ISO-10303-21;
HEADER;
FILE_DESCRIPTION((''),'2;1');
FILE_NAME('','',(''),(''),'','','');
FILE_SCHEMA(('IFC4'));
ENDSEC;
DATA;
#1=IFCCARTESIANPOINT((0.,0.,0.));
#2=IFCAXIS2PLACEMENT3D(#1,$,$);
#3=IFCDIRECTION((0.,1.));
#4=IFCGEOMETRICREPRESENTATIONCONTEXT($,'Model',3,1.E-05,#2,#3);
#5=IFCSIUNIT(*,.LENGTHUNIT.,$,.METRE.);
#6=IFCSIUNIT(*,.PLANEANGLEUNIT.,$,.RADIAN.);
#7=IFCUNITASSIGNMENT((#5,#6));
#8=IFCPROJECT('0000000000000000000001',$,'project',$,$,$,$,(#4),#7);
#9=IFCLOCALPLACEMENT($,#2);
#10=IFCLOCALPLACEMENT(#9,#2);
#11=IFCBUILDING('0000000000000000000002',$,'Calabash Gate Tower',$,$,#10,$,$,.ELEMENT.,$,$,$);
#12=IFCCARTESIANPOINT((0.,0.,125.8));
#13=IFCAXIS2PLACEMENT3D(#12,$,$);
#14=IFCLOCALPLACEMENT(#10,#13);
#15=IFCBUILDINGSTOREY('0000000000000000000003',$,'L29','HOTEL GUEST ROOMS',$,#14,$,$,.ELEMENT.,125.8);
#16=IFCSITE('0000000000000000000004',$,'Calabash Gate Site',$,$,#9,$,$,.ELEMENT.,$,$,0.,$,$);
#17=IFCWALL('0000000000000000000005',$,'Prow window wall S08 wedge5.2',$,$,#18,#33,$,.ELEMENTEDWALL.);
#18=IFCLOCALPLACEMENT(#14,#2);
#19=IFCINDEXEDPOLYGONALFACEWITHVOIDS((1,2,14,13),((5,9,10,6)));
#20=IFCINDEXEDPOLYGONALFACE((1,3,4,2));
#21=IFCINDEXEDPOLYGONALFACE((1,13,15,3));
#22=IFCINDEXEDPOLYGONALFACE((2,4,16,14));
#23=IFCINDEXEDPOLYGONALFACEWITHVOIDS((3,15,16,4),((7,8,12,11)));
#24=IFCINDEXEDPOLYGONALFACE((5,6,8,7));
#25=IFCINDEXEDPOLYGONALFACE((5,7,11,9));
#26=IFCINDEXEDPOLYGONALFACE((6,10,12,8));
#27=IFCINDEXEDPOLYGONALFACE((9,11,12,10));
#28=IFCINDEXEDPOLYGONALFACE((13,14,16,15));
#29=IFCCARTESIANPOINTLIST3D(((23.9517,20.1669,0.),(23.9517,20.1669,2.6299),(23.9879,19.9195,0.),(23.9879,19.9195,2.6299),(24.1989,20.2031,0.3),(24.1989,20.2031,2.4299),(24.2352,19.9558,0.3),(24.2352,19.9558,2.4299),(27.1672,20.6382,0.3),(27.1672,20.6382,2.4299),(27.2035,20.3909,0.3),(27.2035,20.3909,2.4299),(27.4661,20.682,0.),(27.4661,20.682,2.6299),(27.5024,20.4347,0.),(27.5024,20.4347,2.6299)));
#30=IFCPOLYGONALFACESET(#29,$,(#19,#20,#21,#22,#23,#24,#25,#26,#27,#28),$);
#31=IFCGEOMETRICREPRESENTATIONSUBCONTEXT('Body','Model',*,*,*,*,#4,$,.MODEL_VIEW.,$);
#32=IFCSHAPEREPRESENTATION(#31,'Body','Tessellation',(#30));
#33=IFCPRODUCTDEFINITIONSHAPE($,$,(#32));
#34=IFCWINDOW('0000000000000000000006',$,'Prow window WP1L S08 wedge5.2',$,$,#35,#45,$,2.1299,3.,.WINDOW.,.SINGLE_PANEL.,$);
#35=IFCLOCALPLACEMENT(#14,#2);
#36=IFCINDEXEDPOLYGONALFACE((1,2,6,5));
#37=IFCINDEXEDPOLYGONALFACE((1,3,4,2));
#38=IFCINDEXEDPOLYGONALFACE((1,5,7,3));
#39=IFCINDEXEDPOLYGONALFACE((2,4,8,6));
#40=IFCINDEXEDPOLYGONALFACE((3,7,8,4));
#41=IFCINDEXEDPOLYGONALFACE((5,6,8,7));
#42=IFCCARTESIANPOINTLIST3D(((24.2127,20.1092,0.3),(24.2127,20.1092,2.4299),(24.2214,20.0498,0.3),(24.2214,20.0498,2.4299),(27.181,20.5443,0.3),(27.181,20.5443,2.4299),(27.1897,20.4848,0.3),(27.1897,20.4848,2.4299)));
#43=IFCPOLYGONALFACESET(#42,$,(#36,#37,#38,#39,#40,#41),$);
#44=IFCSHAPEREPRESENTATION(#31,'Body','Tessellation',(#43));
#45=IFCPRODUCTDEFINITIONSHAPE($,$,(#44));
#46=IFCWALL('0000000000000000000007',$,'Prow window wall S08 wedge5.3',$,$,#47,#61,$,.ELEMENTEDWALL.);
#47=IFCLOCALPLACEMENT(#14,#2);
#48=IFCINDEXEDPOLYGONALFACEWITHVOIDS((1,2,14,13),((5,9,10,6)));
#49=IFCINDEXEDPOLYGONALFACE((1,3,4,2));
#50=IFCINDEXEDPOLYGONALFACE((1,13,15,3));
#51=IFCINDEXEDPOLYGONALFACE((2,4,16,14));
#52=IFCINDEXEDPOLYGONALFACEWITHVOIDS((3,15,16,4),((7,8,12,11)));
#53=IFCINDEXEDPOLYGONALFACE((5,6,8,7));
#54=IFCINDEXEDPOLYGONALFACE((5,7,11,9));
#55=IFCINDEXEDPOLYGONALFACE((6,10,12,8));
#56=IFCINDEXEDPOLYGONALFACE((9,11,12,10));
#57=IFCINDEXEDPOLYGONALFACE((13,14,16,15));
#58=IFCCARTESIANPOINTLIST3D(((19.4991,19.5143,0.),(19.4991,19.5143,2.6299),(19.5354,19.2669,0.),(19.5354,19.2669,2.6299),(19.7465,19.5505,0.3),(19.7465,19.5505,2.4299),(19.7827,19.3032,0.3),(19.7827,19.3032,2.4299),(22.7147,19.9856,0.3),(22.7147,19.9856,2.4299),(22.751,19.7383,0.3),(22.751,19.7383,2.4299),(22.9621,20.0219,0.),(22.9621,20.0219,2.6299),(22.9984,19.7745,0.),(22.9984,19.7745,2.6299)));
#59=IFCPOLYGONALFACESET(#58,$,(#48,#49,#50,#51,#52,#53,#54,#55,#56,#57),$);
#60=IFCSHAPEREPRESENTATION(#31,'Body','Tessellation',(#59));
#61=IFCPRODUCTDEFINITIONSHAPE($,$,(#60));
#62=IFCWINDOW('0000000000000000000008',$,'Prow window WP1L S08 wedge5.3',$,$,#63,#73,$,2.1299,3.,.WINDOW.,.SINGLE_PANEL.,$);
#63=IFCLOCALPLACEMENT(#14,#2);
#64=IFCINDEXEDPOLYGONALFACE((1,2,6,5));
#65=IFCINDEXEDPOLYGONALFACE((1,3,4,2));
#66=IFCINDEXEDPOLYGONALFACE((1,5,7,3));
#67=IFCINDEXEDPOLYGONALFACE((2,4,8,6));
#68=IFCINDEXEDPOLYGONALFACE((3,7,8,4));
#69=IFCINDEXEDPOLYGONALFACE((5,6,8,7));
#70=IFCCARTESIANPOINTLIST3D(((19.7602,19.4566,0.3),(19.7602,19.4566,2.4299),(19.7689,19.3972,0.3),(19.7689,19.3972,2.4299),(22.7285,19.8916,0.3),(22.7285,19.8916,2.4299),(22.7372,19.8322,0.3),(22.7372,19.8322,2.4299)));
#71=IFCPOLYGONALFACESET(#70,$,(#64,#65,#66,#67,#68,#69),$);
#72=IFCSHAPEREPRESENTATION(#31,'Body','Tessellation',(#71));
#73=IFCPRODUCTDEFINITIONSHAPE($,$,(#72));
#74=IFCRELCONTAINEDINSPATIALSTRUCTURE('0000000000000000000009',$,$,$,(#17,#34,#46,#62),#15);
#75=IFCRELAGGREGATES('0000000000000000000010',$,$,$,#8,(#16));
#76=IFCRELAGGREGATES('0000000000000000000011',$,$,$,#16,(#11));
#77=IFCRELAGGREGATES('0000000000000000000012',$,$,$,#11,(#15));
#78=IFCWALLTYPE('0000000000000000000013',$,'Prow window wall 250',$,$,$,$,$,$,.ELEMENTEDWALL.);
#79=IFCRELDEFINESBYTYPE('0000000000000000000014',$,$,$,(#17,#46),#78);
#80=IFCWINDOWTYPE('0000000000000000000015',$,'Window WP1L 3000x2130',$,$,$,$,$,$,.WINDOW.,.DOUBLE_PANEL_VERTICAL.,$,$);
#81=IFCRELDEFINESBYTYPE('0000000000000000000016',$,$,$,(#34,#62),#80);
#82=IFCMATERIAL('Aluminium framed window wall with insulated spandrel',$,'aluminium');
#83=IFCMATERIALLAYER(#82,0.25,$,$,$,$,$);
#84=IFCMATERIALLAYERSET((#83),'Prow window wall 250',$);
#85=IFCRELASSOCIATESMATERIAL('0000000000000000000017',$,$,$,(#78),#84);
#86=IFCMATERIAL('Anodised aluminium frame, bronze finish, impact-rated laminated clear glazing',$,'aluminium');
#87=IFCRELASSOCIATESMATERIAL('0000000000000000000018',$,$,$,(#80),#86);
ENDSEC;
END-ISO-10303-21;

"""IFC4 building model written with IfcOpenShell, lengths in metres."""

from ifc_helpers import new_model, si_unit, direction, frame, frame_2d, origin, place, context, subcontext, project, spatial, rectangle, extrude, material, layer, layer_set, type_object, element, fill, save


model = new_model("IFC4")

# Units and contexts
model_context = context("Model", 3, precision=1e-05, world=origin(), true_north=direction((0.0, 1.0)))
body_context = subcontext(model_context, "Body", "Model", "MODEL_VIEW")
ifc_project = project(units=[si_unit("LENGTHUNIT", "METRE"), si_unit("PLANEANGLEUNIT", "RADIAN")], contexts=[model_context])

# Site, building, storey
site_placement = place(None, origin())
site = spatial("IfcSite", under=ifc_project, at=site_placement, Name="Calabash Gate Site", CompositionType="ELEMENT", RefElevation=0.0)
building_placement = place(site_placement, origin())
building = spatial("IfcBuilding", under=site, at=building_placement, Name="Calabash Gate Tower", CompositionType="ELEMENT")
storey_placement = place(building_placement, frame((0.0, 0.0, 125.8)))
storey = spatial("IfcBuildingStorey", under=building, at=storey_placement, Name="L29", Description="HOTEL GUEST ROOMS", CompositionType="ELEMENT", Elevation=125.8)

# Walls, openings, windows
ifc_material_1 = material(Name="Aluminium framed window wall with insulated spandrel", Category="aluminium")
ifc_layer_1 = layer(ifc_material_1, 0.25)
ifc_layer_set_1 = layer_set([ifc_layer_1], Name="Prow window wall 250")
wall_type_1 = type_object("IfcWallType", Name="Prow window wall 250", PredefinedType="ELEMENTEDWALL", material=ifc_layer_set_1)
ifc_material_2 = material(Name="Anodised aluminium frame, bronze finish, impact-rated laminated clear glazing", Category="aluminium")
window_type = type_object("IfcWindowType", Name="Window WP1L 3000x2130", PartitioningType="DOUBLE_PANEL_VERTICAL", PredefinedType="WINDOW", material=ifc_material_2)
wall_1_placement = place(storey_placement, frame((27.4841, 20.5583, 0.0), z_axis=(0.0, 0.0, 1.0), x_axis=(-0.989427, -0.145029, 0.0)))
wall_1 = element("IfcWall", 1, at=wall_1_placement, inside=storey, type_object=wall_type_1, Name="Prow window wall S08 wedge5.2", PredefinedType="ELEMENTEDWALL", context=body_context, shape_type="SweptSolid", body=[
    extrude(rectangle(XDim=3.552, YDim=0.25, at=frame_2d((1.7759, 0.0))), origin(), (0.0, 0.0, 1.0), 2.6299),
])
opening_1_placement = place(wall_1_placement, frame((0.302, 0.0, 0.3)))
opening_1 = element("IfcOpeningElement", 2, at=opening_1_placement, cuts=wall_1, PredefinedType="OPENING", context=body_context, shape_type="SweptSolid", body=[
    extrude(rectangle(XDim=3.0, YDim=2.1299, at=frame_2d((1.5, 1.0649))), frame((0.0, 0.135, 0.0), z_axis=(0.0, -1.0, 0.0), x_axis=(1.0, 0.0, 0.0)), (0.0, 0.0, 1.0), 0.27),
])
window_1_placement = place(opening_1_placement, origin())
window_1 = element("IfcWindow", 3, at=window_1_placement, inside=storey, type_object=window_type, Name="Prow window WP1L S08 wedge5.2", OverallHeight=2.1299, OverallWidth=3.0, PartitioningType="SINGLE_PANEL", PredefinedType="WINDOW", context=body_context, shape_type="SweptSolid", body=[
    extrude(rectangle(XDim=3.0, YDim=2.1299, at=frame_2d((1.5, 1.0649))), frame((0.0, 0.03, 0.0), z_axis=(0.0, -1.0, 0.0), x_axis=(1.0, 0.0, 0.0)), (0.0, 0.0, 1.0), 0.0601),
])
fill(opening_1, window_1)
wall_2_placement = place(storey_placement, frame((22.9802, 19.8982, 0.0), z_axis=(0.0, 0.0, 1.0), x_axis=(-0.989428, -0.145024, 0.0)))
wall_2 = element("IfcWall", 4, at=wall_2_placement, inside=storey, type_object=wall_type_1, Name="Prow window wall S08 wedge5.3", PredefinedType="ELEMENTEDWALL", context=body_context, shape_type="SweptSolid", body=[
    extrude(rectangle(XDim=3.5, YDim=0.25, at=frame_2d((1.75, 0.0))), origin(), (0.0, 0.0, 1.0), 2.6299),
])
opening_2_placement = place(wall_2_placement, frame((0.25, 0.0, 0.3)))
opening_2 = element("IfcOpeningElement", 5, at=opening_2_placement, cuts=wall_2, PredefinedType="OPENING", context=body_context, shape_type="SweptSolid", body=[
    extrude(rectangle(XDim=3.0, YDim=2.1299, at=frame_2d((1.5, 1.0649))), frame((0.0, 0.135, 0.0), z_axis=(0.0, -1.0, 0.0), x_axis=(1.0, 0.0, 0.0)), (0.0, 0.0, 1.0), 0.27),
])
window_2_placement = place(opening_2_placement, origin())
window_2 = element("IfcWindow", 6, at=window_2_placement, inside=storey, type_object=window_type, Name="Prow window WP1L S08 wedge5.3", OverallHeight=2.1299, OverallWidth=3.0, PartitioningType="SINGLE_PANEL", PredefinedType="WINDOW", context=body_context, shape_type="SweptSolid", body=[
    extrude(rectangle(XDim=3.0, YDim=2.1299, at=frame_2d((1.5, 1.0649))), frame((0.0, 0.03, 0.0), z_axis=(0.0, -1.0, 0.0), x_axis=(1.0, 0.0, 0.0)), (0.0, 0.0, 1.0), 0.0601),
])
fill(opening_2, window_2)

save(model, "model.ifc")
